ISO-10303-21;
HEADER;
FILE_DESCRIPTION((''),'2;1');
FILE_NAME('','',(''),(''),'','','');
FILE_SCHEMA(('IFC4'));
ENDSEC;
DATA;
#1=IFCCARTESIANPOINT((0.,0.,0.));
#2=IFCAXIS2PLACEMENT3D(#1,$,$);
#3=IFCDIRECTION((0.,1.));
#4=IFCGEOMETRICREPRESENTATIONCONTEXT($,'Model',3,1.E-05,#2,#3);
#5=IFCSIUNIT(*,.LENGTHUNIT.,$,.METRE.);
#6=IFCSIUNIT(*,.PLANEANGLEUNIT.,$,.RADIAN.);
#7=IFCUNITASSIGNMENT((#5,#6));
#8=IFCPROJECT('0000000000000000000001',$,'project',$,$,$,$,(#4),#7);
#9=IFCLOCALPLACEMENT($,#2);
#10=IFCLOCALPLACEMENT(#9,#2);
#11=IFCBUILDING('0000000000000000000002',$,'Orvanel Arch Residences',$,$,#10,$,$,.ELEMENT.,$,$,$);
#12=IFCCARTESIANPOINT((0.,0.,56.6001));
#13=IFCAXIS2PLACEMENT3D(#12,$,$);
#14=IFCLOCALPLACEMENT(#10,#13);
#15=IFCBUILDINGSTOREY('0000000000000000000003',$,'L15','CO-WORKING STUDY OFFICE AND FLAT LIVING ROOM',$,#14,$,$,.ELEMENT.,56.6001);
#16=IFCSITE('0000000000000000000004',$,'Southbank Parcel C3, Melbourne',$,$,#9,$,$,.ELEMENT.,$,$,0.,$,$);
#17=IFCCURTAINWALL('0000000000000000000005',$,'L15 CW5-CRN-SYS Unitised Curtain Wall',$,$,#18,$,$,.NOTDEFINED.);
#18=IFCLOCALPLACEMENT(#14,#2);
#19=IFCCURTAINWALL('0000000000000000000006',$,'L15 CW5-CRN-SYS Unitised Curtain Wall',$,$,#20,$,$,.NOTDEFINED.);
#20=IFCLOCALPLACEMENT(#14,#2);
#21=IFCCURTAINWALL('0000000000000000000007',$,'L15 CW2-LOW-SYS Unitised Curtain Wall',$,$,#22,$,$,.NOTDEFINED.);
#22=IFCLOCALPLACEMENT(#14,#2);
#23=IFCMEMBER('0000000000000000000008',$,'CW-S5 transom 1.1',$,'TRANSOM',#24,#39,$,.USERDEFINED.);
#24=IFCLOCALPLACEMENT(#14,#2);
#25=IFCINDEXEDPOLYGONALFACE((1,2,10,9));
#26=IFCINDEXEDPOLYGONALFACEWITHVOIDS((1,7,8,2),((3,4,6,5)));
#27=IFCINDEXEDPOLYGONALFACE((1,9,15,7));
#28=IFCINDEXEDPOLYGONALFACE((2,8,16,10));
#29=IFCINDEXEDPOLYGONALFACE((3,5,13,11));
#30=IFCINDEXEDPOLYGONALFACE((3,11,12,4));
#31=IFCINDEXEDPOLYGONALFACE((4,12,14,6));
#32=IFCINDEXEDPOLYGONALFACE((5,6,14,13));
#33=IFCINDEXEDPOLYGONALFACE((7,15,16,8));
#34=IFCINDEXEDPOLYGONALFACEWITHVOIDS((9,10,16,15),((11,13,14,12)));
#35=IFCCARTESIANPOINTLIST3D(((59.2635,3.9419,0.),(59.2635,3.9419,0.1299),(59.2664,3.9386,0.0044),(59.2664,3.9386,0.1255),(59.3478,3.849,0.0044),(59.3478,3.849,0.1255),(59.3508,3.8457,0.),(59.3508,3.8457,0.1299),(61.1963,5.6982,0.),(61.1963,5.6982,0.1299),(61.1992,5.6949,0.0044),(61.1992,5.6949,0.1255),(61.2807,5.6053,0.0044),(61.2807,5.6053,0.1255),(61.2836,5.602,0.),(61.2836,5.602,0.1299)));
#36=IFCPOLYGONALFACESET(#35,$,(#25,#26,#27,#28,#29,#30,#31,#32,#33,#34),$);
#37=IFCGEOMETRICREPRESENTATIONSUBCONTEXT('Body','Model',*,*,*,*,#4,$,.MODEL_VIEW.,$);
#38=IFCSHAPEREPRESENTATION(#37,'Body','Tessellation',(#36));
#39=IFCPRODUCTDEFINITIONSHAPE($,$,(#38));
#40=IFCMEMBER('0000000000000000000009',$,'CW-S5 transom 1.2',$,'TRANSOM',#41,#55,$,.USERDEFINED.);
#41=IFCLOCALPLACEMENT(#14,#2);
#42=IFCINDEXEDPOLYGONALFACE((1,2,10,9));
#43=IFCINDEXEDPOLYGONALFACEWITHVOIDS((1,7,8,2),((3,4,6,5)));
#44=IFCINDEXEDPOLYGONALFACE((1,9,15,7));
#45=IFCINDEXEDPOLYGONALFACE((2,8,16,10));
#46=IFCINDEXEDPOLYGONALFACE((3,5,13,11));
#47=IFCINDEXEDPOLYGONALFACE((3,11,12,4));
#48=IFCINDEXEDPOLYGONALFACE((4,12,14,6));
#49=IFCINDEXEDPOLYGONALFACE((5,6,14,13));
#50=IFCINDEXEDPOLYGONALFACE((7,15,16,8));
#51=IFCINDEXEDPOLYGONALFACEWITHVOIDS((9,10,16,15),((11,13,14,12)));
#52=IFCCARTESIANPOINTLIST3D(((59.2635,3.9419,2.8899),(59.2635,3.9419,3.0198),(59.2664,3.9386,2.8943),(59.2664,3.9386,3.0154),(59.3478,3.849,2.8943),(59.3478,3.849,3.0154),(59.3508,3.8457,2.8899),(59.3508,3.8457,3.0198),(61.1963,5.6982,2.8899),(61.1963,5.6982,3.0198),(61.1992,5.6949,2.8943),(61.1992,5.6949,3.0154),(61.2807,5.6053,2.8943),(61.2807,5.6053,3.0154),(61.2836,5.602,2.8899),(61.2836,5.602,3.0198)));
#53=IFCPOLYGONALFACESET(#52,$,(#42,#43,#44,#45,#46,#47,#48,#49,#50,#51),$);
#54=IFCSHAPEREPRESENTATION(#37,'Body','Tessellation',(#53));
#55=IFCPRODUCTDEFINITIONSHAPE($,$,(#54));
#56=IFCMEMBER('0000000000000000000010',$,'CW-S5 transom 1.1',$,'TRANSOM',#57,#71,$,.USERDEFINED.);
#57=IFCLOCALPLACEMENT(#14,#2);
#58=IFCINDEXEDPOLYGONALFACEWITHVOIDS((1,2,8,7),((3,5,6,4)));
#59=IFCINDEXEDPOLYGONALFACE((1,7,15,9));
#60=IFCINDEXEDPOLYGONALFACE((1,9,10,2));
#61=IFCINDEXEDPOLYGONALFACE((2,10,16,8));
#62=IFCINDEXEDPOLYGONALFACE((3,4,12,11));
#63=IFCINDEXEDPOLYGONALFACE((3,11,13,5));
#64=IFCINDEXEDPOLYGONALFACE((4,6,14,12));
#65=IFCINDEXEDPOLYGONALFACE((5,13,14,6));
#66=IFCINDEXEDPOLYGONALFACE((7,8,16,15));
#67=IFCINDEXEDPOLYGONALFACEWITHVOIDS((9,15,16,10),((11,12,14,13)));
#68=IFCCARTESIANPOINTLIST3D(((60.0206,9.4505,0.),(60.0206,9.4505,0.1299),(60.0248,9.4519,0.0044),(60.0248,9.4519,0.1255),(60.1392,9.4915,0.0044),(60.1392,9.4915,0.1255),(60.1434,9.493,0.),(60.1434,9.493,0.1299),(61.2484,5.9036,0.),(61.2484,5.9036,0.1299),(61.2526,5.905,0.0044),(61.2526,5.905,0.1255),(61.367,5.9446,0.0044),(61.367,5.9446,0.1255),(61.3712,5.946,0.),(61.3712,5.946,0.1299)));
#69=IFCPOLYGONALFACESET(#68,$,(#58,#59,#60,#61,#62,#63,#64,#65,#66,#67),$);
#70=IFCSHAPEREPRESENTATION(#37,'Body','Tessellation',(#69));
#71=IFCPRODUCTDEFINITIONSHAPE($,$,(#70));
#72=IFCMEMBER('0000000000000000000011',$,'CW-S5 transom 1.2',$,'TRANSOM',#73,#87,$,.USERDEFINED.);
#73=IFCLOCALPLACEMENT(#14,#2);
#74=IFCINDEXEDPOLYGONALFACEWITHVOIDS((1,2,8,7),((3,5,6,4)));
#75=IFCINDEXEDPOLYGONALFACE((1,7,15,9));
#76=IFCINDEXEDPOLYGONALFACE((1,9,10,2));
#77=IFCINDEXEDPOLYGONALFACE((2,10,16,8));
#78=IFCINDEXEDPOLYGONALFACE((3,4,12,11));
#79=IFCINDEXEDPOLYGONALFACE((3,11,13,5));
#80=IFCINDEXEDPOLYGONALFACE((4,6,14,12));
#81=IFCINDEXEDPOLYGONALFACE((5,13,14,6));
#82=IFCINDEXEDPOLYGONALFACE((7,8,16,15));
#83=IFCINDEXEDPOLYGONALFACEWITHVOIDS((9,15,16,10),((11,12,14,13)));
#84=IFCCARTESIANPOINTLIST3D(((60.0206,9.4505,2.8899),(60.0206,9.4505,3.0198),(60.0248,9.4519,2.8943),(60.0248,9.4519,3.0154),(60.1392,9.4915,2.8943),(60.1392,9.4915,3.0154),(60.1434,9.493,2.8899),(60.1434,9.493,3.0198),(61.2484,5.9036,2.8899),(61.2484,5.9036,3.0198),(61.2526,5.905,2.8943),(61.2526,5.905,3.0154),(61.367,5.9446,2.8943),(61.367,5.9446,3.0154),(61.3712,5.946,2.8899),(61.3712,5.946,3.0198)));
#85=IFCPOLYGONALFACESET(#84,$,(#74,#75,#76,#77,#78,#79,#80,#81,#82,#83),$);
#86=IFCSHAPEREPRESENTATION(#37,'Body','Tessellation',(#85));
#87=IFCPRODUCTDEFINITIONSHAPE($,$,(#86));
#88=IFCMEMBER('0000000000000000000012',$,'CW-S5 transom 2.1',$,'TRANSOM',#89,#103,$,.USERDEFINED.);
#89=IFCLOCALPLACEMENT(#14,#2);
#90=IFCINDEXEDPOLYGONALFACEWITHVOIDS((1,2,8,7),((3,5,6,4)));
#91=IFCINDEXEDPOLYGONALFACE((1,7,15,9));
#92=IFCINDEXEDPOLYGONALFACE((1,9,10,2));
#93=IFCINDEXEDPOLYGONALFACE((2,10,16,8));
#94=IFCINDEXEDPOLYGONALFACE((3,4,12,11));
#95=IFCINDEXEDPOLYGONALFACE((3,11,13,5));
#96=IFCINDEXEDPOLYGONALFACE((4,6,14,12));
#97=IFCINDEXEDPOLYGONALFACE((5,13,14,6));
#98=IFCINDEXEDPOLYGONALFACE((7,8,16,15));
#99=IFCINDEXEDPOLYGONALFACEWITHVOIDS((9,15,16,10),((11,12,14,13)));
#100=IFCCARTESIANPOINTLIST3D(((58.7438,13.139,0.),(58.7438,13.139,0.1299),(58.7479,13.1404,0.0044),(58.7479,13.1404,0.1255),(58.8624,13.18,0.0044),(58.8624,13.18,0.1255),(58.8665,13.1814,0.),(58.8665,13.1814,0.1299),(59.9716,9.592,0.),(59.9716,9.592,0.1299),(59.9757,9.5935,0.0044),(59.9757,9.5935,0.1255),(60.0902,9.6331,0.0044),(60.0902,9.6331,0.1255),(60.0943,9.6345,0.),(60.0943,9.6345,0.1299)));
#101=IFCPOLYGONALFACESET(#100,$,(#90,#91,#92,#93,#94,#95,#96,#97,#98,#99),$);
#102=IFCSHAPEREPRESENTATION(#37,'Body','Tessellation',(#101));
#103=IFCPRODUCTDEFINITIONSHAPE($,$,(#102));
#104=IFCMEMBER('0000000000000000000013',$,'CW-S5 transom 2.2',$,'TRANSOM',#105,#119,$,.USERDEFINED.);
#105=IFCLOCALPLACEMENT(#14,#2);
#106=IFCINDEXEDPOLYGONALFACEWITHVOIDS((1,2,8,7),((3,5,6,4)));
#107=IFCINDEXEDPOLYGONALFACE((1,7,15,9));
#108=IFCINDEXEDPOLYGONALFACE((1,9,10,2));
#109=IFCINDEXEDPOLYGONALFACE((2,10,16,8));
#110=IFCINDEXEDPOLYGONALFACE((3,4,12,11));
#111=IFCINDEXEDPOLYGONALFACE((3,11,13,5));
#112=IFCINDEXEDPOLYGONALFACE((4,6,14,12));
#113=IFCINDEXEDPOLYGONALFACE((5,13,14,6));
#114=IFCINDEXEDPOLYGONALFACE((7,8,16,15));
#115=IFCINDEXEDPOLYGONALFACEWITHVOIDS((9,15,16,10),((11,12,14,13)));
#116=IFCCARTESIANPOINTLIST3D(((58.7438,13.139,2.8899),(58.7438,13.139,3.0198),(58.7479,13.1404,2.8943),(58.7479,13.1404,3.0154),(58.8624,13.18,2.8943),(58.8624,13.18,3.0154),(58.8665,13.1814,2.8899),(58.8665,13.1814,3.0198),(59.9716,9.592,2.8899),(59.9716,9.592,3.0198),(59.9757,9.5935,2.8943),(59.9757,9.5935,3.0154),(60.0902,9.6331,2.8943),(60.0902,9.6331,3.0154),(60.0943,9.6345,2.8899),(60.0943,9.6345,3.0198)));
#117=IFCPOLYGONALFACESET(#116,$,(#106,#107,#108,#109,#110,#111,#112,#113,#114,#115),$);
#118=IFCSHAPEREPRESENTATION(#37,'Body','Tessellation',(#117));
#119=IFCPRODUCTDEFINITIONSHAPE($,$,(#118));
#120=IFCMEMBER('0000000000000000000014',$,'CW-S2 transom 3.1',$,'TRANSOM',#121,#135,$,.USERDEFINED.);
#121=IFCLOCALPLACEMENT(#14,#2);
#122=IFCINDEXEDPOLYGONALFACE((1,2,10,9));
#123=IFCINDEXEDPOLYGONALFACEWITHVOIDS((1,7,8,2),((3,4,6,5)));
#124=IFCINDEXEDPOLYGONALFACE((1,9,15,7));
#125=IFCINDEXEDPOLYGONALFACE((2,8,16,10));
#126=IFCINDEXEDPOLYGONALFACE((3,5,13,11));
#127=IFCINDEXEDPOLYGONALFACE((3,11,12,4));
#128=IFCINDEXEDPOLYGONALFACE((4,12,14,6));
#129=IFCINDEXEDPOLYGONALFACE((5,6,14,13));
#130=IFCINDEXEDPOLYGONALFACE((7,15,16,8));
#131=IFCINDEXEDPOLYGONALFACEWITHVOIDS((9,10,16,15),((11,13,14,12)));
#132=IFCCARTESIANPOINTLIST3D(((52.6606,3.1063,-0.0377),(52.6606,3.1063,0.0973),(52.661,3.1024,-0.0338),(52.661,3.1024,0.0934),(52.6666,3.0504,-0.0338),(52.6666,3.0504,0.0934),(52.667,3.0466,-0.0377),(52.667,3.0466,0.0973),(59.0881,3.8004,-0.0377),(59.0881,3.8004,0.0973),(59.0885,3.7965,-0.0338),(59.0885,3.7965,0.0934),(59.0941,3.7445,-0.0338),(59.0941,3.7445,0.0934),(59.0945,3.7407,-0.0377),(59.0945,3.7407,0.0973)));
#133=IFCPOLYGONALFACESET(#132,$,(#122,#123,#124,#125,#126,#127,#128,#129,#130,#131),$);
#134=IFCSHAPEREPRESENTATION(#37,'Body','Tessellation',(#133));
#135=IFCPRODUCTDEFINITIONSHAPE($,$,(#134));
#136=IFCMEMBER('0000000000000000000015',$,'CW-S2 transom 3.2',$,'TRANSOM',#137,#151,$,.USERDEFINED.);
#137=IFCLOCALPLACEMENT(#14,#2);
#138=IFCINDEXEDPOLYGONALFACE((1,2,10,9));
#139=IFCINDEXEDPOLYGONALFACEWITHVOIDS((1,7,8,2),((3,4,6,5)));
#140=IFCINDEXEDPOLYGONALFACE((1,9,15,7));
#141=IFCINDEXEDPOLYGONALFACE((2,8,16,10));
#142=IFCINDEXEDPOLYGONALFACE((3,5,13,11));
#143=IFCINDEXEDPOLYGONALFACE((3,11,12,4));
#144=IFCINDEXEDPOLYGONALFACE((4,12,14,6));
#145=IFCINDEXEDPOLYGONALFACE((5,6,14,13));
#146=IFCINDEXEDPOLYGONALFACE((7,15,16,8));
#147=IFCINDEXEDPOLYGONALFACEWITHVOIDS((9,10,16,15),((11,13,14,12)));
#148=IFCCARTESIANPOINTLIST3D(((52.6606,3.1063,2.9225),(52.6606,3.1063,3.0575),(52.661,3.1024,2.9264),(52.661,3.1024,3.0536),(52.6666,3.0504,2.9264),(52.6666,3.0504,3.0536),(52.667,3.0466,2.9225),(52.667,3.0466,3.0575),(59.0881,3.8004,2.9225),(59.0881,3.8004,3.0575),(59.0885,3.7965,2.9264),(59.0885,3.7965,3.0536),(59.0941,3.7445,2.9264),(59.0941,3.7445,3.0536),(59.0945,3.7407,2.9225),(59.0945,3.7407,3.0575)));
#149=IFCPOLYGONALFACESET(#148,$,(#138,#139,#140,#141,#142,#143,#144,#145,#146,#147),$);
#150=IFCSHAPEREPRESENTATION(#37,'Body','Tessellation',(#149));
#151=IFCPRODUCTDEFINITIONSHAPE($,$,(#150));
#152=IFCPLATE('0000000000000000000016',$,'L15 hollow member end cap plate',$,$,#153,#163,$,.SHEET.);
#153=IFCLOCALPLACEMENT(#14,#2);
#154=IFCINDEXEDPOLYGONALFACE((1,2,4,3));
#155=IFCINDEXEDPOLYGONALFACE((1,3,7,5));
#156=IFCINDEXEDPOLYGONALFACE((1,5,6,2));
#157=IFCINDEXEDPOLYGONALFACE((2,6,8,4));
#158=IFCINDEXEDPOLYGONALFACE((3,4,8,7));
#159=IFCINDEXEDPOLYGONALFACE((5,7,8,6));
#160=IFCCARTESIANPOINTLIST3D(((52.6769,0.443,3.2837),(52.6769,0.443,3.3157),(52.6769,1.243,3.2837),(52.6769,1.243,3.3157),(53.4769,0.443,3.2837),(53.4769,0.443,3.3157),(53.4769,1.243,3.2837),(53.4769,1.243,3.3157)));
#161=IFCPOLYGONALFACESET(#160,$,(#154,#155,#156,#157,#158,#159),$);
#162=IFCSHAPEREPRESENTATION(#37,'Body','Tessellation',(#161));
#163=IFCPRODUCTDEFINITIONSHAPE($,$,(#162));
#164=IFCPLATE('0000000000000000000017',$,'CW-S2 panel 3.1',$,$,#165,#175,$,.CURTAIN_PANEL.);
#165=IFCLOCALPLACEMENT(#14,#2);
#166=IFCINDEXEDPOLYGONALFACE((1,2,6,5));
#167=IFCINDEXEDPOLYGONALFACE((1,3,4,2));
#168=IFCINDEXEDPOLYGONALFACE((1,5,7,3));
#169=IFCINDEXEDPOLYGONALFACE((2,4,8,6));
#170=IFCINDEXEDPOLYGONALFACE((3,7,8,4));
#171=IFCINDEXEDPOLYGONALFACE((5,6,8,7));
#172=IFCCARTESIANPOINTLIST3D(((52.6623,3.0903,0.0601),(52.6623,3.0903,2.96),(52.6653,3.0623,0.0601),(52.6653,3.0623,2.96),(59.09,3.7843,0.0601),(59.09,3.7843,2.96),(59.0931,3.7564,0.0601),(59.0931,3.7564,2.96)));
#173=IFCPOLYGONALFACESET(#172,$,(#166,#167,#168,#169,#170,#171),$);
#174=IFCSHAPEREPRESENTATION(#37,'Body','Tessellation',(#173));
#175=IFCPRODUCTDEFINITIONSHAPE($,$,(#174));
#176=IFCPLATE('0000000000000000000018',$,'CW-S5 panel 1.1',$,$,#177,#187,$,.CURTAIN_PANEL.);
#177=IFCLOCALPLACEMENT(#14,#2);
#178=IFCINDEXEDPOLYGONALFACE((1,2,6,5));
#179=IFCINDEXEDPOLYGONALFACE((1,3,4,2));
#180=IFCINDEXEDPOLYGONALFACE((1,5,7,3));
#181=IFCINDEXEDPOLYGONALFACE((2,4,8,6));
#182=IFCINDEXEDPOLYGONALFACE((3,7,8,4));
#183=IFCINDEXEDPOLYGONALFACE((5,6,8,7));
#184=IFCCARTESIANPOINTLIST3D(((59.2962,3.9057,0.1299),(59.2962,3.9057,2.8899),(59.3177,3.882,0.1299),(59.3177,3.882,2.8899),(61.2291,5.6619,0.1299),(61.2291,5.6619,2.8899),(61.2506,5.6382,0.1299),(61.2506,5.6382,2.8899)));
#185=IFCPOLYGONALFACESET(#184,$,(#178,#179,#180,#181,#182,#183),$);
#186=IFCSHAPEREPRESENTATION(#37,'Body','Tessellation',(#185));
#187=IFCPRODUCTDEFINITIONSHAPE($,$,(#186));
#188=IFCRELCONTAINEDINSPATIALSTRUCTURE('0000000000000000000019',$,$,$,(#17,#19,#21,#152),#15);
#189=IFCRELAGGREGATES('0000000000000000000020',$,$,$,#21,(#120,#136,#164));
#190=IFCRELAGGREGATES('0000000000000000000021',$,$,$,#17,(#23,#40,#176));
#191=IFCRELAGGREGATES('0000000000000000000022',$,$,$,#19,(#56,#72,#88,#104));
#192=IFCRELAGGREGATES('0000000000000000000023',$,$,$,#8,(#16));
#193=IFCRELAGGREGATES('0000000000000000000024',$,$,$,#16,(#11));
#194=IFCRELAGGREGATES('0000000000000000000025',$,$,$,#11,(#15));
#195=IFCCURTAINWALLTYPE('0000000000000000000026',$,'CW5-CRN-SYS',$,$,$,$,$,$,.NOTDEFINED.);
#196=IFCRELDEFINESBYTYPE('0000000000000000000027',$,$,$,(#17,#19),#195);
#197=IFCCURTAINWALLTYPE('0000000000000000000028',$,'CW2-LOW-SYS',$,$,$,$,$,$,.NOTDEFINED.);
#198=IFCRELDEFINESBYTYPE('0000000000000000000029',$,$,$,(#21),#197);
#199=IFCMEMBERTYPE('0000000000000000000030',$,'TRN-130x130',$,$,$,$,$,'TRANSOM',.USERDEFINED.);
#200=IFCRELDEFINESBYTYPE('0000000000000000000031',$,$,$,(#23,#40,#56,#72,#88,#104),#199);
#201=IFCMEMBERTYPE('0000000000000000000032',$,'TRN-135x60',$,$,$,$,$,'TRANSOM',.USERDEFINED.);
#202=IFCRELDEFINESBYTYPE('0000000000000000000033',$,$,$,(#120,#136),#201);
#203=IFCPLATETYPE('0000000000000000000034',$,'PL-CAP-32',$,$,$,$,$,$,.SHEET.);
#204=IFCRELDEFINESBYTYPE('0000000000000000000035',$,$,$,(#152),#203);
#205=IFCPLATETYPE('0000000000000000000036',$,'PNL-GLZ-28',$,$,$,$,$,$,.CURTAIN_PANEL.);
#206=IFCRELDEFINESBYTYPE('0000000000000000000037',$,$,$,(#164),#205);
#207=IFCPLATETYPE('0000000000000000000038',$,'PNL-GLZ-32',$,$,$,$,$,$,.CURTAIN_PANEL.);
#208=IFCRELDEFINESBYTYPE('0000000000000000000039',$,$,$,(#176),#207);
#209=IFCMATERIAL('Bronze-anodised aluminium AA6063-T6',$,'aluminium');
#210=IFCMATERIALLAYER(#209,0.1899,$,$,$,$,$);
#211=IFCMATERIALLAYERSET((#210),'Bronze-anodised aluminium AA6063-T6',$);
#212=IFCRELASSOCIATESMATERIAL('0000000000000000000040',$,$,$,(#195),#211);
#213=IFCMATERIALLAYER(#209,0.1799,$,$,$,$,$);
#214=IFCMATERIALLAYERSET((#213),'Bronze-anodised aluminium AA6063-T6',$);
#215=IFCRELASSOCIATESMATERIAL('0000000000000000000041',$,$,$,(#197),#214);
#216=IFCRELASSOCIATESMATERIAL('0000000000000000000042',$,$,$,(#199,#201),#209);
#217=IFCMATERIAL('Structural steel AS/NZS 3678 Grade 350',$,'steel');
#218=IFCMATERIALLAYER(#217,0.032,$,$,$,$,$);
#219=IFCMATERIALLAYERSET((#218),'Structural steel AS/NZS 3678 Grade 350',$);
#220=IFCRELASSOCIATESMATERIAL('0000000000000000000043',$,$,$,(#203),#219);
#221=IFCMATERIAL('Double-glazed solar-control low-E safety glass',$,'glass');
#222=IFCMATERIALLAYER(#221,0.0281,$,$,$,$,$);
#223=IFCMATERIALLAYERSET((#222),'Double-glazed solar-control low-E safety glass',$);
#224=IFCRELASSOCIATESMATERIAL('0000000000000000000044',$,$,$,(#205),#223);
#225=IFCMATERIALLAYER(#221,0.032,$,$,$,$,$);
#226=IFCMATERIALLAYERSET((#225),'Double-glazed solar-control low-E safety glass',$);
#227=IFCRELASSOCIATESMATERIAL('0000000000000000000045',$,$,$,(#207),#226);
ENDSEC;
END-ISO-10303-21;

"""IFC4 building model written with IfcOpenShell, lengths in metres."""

from ifc_helpers import new_model, si_unit, direction, frame, origin, origin_2d, place, context, subcontext, project, spatial, rectangle, hollow_rectangle, extrude, material, layer, layer_set, material_profile, profile_set, type_object, element, aggregate, save


model = new_model("IFC4")

# Units and contexts
model_context = context("Model", 3, precision=1e-05, world=origin(), true_north=direction((0.0, 1.0)))
body_context = subcontext(model_context, "Body", "Model", "MODEL_VIEW")
ifc_project = project(units=[si_unit("LENGTHUNIT", "METRE"), si_unit("PLANEANGLEUNIT", "RADIAN")], contexts=[model_context])

# Site, building, storey
site_placement = place(None, origin())
site = spatial("IfcSite", under=ifc_project, at=site_placement, Name="Southbank Parcel C3, Melbourne", CompositionType="ELEMENT", RefElevation=0.0)
building_placement = place(site_placement, origin())
building = spatial("IfcBuilding", under=site, at=building_placement, Name="Orvanel Arch Residences", CompositionType="ELEMENT")
storey_placement = place(building_placement, frame((0.0, 0.0, 56.6001)))
storey = spatial("IfcBuildingStorey", under=building, at=storey_placement, Name="L15", Description="CO-WORKING STUDY OFFICE AND FLAT LIVING ROOM", CompositionType="ELEMENT", Elevation=56.6001)

# Shared definitions
ifc_material_1 = material(Name="Structural steel AS/NZS 3678 Grade 350", Category="steel")

# Curtain walls
ifc_material_2 = material(Name="Bronze-anodised aluminium AA6063-T6", Category="aluminium")
ifc_layer_1 = layer(ifc_material_2, 0.1899)
ifc_layer_set_1 = layer_set([ifc_layer_1], Name="Bronze-anodised aluminium AA6063-T6")
curtain_wall_type_1 = type_object("IfcCurtainWallType", Name="CW5-CRN-SYS", PredefinedType="NOTDEFINED", material=ifc_layer_set_1)
curtain_wall_1_placement = place(storey_placement, origin())
curtain_wall_1 = element("IfcCurtainWall", 1, at=curtain_wall_1_placement, inside=storey, type_object=curtain_wall_type_1, Name="L15 CW5-CRN-SYS Unitised Curtain Wall", PredefinedType="NOTDEFINED")
curtain_wall_2_placement = place(storey_placement, origin())
curtain_wall_2 = element("IfcCurtainWall", 2, at=curtain_wall_2_placement, inside=storey, type_object=curtain_wall_type_1, Name="L15 CW5-CRN-SYS Unitised Curtain Wall", PredefinedType="NOTDEFINED")
ifc_layer_2 = layer(ifc_material_2, 0.1799)
ifc_layer_set_2 = layer_set([ifc_layer_2], Name="Bronze-anodised aluminium AA6063-T6")
curtain_wall_type_2 = type_object("IfcCurtainWallType", Name="CW2-LOW-SYS", PredefinedType="NOTDEFINED", material=ifc_layer_set_2)
curtain_wall_3_placement = place(storey_placement, origin())
curtain_wall_3 = element("IfcCurtainWall", 3, at=curtain_wall_3_placement, inside=storey, type_object=curtain_wall_type_2, Name="L15 CW2-LOW-SYS Unitised Curtain Wall", PredefinedType="NOTDEFINED")

# Members
ifc_material_profile_1 = material_profile(ifc_material_2, hollow_rectangle(XDim=0.1299, YDim=0.1299, WallThickness=0.0044, at=origin_2d()), Name="ALU130x130x4.5")
ifc_profile_set_1 = profile_set([ifc_material_profile_1], Name="Bronze-anodised aluminium AA6063-T6")
member_type_1 = type_object("IfcMemberType", Name="TRN-130x130", ElementType="TRANSOM", PredefinedType="USERDEFINED", material=ifc_profile_set_1)
member_1_placement = place(storey_placement, frame((59.3071, 3.8938, 0.0649), z_axis=(0.740092, 0.672505, 0.0), x_axis=(-0.672505, 0.740092, 0.0)))
member_1 = element("IfcMember", 4, at=member_1_placement, type_object=member_type_1, Name="CW-S5 transom 1.1", ObjectType="TRANSOM", PredefinedType="USERDEFINED", context=body_context, shape_type="SweptSolid", body=[
    extrude(hollow_rectangle(XDim=0.1299, YDim=0.1299, WallThickness=0.0044, at=origin_2d()), origin(), (0.0, 0.0, 1.0), 2.6116),
])
member_2_placement = place(storey_placement, frame((59.3071, 3.8938, 2.9548), z_axis=(0.740092, 0.672505, 0.0), x_axis=(-0.672505, 0.740092, 0.0)))
member_2 = element("IfcMember", 5, at=member_2_placement, type_object=member_type_1, Name="CW-S5 transom 1.2", ObjectType="TRANSOM", PredefinedType="USERDEFINED", context=body_context, shape_type="SweptSolid", body=[
    extrude(hollow_rectangle(XDim=0.1299, YDim=0.1299, WallThickness=0.0044, at=origin_2d()), origin(), (0.0, 0.0, 1.0), 2.6116),
])
member_3_placement = place(storey_placement, frame((61.3098, 5.9248, 0.0649), z_axis=(-0.327115, 0.944985, 0.0), x_axis=(-0.944985, -0.327115, 0.0)))
member_3 = element("IfcMember", 6, at=member_3_placement, type_object=member_type_1, Name="CW-S5 transom 1.1", ObjectType="TRANSOM", PredefinedType="USERDEFINED", context=body_context, shape_type="SweptSolid", body=[
    extrude(hollow_rectangle(XDim=0.1299, YDim=0.1299, WallThickness=0.0044, at=origin_2d()), origin(), (0.0, 0.0, 1.0), 3.7534),
])
member_4_placement = place(storey_placement, frame((61.3098, 5.9248, 2.9548), z_axis=(-0.327115, 0.944985, 0.0), x_axis=(-0.944985, -0.327115, 0.0)))
member_4 = element("IfcMember", 7, at=member_4_placement, type_object=member_type_1, Name="CW-S5 transom 1.2", ObjectType="TRANSOM", PredefinedType="USERDEFINED", context=body_context, shape_type="SweptSolid", body=[
    extrude(hollow_rectangle(XDim=0.1299, YDim=0.1299, WallThickness=0.0044, at=origin_2d()), origin(), (0.0, 0.0, 1.0), 3.7534),
])
member_5_placement = place(storey_placement, frame((60.033, 9.6133, 0.0649), z_axis=(-0.327115, 0.944985, 0.0), x_axis=(-0.944985, -0.327115, 0.0)))
member_5 = element("IfcMember", 8, at=member_5_placement, type_object=member_type_1, Name="CW-S5 transom 2.1", ObjectType="TRANSOM", PredefinedType="USERDEFINED", context=body_context, shape_type="SweptSolid", body=[
    extrude(hollow_rectangle(XDim=0.1299, YDim=0.1299, WallThickness=0.0044, at=origin_2d()), origin(), (0.0, 0.0, 1.0), 3.7534),
])
member_6_placement = place(storey_placement, frame((60.033, 9.6133, 2.9548), z_axis=(-0.327115, 0.944985, 0.0), x_axis=(-0.944985, -0.327115, 0.0)))
member_6 = element("IfcMember", 9, at=member_6_placement, type_object=member_type_1, Name="CW-S5 transom 2.2", ObjectType="TRANSOM", PredefinedType="USERDEFINED", context=body_context, shape_type="SweptSolid", body=[
    extrude(hollow_rectangle(XDim=0.1299, YDim=0.1299, WallThickness=0.0044, at=origin_2d()), origin(), (0.0, 0.0, 1.0), 3.7534),
])
ifc_material_profile_2 = material_profile(ifc_material_2, hollow_rectangle(XDim=0.0601, YDim=0.135, WallThickness=0.0039, at=origin_2d()), Name="ALU135x60x4")
ifc_profile_set_2 = profile_set([ifc_material_profile_2], Name="Bronze-anodised aluminium AA6063-T6")
member_type_2 = type_object("IfcMemberType", Name="TRN-135x60", ElementType="TRANSOM", PredefinedType="USERDEFINED", material=ifc_profile_set_2)
member_7_placement = place(storey_placement, frame((52.6638, 3.0764, 0.0298), z_axis=(0.99422, 0.107364, 0.0), x_axis=(-0.107364, 0.99422, 0.0)))
member_7 = element("IfcMember", 10, at=member_7_placement, type_object=member_type_2, Name="CW-S2 transom 3.1", ObjectType="TRANSOM", PredefinedType="USERDEFINED", context=body_context, shape_type="SweptSolid", body=[
    extrude(hollow_rectangle(XDim=0.0601, YDim=0.135, WallThickness=0.0039, at=origin_2d()), origin(), (0.0, 0.0, 1.0), 6.4648),
])
member_8_placement = place(storey_placement, frame((52.6638, 3.0764, 2.99), z_axis=(0.99422, 0.107364, 0.0), x_axis=(-0.107364, 0.99422, 0.0)))
member_8 = element("IfcMember", 11, at=member_8_placement, type_object=member_type_2, Name="CW-S2 transom 3.2", ObjectType="TRANSOM", PredefinedType="USERDEFINED", context=body_context, shape_type="SweptSolid", body=[
    extrude(hollow_rectangle(XDim=0.0601, YDim=0.135, WallThickness=0.0039, at=origin_2d()), origin(), (0.0, 0.0, 1.0), 6.4648),
])

# Plates
ifc_layer_3 = layer(ifc_material_1, 0.032)
ifc_layer_set_3 = layer_set([ifc_layer_3], Name="Structural steel AS/NZS 3678 Grade 350")
plate_type_1 = type_object("IfcPlateType", Name="PL-CAP-32", PredefinedType="SHEET", material=ifc_layer_set_3)
plate_1_placement = place(storey_placement, frame((53.0769, 0.843, 3.2837), z_axis=(0.0, 0.0, 1.0), x_axis=(1.0, 0.0, 0.0)))
element("IfcPlate", 12, at=plate_1_placement, inside=storey, type_object=plate_type_1, Name="L15 hollow member end cap plate", PredefinedType="SHEET", context=body_context, shape_type="SweptSolid", body=[
    extrude(rectangle(XDim=0.8, YDim=0.8, at=origin_2d()), origin(), (0.0, 0.0, 1.0), 0.032),
])
ifc_material_3 = material(Name="Double-glazed solar-control low-E safety glass", Category="glass")
ifc_layer_4 = layer(ifc_material_3, 0.0281)
ifc_layer_set_4 = layer_set([ifc_layer_4], Name="Double-glazed solar-control low-E safety glass")
plate_type_2 = type_object("IfcPlateType", Name="PNL-GLZ-28", PredefinedType="CURTAIN_PANEL", material=ifc_layer_set_4)
plate_2_placement = place(storey_placement, frame((55.8777, 3.4233, 0.0601), z_axis=(0.0, 0.0, 1.0), x_axis=(0.994221, 0.107357, 0.0)))
plate_2 = element("IfcPlate", 13, at=plate_2_placement, type_object=plate_type_2, Name="CW-S2 panel 3.1", PredefinedType="CURTAIN_PANEL", context=body_context, shape_type="SweptSolid", body=[
    extrude(rectangle(XDim=6.4651, YDim=0.0281, at=origin_2d()), origin(), (0.0, 0.0, 1.0), 2.8999),
])
aggregate(curtain_wall_3, [member_7, member_8, plate_2])
ifc_layer_5 = layer(ifc_material_3, 0.032)
ifc_layer_set_5 = layer_set([ifc_layer_5], Name="Double-glazed solar-control low-E safety glass")
plate_type_3 = type_object("IfcPlateType", Name="PNL-GLZ-32", PredefinedType="CURTAIN_PANEL", material=ifc_layer_set_5)
plate_3_placement = place(storey_placement, frame((60.2734, 4.772, 0.1299), z_axis=(0.0, 0.0, 1.0), x_axis=(0.740127, 0.672468, 0.0)))
plate_3 = element("IfcPlate", 14, at=plate_3_placement, type_object=plate_type_3, Name="CW-S5 panel 1.1", PredefinedType="CURTAIN_PANEL", context=body_context, shape_type="SweptSolid", body=[
    extrude(rectangle(XDim=2.6116, YDim=0.032, at=origin_2d()), origin(), (0.0, 0.0, 1.0), 2.76),
])
aggregate(curtain_wall_1, [member_1, member_2, plate_3])
aggregate(curtain_wall_2, [member_3, member_4, member_5, member_6])

save(model, "model.ifc")
